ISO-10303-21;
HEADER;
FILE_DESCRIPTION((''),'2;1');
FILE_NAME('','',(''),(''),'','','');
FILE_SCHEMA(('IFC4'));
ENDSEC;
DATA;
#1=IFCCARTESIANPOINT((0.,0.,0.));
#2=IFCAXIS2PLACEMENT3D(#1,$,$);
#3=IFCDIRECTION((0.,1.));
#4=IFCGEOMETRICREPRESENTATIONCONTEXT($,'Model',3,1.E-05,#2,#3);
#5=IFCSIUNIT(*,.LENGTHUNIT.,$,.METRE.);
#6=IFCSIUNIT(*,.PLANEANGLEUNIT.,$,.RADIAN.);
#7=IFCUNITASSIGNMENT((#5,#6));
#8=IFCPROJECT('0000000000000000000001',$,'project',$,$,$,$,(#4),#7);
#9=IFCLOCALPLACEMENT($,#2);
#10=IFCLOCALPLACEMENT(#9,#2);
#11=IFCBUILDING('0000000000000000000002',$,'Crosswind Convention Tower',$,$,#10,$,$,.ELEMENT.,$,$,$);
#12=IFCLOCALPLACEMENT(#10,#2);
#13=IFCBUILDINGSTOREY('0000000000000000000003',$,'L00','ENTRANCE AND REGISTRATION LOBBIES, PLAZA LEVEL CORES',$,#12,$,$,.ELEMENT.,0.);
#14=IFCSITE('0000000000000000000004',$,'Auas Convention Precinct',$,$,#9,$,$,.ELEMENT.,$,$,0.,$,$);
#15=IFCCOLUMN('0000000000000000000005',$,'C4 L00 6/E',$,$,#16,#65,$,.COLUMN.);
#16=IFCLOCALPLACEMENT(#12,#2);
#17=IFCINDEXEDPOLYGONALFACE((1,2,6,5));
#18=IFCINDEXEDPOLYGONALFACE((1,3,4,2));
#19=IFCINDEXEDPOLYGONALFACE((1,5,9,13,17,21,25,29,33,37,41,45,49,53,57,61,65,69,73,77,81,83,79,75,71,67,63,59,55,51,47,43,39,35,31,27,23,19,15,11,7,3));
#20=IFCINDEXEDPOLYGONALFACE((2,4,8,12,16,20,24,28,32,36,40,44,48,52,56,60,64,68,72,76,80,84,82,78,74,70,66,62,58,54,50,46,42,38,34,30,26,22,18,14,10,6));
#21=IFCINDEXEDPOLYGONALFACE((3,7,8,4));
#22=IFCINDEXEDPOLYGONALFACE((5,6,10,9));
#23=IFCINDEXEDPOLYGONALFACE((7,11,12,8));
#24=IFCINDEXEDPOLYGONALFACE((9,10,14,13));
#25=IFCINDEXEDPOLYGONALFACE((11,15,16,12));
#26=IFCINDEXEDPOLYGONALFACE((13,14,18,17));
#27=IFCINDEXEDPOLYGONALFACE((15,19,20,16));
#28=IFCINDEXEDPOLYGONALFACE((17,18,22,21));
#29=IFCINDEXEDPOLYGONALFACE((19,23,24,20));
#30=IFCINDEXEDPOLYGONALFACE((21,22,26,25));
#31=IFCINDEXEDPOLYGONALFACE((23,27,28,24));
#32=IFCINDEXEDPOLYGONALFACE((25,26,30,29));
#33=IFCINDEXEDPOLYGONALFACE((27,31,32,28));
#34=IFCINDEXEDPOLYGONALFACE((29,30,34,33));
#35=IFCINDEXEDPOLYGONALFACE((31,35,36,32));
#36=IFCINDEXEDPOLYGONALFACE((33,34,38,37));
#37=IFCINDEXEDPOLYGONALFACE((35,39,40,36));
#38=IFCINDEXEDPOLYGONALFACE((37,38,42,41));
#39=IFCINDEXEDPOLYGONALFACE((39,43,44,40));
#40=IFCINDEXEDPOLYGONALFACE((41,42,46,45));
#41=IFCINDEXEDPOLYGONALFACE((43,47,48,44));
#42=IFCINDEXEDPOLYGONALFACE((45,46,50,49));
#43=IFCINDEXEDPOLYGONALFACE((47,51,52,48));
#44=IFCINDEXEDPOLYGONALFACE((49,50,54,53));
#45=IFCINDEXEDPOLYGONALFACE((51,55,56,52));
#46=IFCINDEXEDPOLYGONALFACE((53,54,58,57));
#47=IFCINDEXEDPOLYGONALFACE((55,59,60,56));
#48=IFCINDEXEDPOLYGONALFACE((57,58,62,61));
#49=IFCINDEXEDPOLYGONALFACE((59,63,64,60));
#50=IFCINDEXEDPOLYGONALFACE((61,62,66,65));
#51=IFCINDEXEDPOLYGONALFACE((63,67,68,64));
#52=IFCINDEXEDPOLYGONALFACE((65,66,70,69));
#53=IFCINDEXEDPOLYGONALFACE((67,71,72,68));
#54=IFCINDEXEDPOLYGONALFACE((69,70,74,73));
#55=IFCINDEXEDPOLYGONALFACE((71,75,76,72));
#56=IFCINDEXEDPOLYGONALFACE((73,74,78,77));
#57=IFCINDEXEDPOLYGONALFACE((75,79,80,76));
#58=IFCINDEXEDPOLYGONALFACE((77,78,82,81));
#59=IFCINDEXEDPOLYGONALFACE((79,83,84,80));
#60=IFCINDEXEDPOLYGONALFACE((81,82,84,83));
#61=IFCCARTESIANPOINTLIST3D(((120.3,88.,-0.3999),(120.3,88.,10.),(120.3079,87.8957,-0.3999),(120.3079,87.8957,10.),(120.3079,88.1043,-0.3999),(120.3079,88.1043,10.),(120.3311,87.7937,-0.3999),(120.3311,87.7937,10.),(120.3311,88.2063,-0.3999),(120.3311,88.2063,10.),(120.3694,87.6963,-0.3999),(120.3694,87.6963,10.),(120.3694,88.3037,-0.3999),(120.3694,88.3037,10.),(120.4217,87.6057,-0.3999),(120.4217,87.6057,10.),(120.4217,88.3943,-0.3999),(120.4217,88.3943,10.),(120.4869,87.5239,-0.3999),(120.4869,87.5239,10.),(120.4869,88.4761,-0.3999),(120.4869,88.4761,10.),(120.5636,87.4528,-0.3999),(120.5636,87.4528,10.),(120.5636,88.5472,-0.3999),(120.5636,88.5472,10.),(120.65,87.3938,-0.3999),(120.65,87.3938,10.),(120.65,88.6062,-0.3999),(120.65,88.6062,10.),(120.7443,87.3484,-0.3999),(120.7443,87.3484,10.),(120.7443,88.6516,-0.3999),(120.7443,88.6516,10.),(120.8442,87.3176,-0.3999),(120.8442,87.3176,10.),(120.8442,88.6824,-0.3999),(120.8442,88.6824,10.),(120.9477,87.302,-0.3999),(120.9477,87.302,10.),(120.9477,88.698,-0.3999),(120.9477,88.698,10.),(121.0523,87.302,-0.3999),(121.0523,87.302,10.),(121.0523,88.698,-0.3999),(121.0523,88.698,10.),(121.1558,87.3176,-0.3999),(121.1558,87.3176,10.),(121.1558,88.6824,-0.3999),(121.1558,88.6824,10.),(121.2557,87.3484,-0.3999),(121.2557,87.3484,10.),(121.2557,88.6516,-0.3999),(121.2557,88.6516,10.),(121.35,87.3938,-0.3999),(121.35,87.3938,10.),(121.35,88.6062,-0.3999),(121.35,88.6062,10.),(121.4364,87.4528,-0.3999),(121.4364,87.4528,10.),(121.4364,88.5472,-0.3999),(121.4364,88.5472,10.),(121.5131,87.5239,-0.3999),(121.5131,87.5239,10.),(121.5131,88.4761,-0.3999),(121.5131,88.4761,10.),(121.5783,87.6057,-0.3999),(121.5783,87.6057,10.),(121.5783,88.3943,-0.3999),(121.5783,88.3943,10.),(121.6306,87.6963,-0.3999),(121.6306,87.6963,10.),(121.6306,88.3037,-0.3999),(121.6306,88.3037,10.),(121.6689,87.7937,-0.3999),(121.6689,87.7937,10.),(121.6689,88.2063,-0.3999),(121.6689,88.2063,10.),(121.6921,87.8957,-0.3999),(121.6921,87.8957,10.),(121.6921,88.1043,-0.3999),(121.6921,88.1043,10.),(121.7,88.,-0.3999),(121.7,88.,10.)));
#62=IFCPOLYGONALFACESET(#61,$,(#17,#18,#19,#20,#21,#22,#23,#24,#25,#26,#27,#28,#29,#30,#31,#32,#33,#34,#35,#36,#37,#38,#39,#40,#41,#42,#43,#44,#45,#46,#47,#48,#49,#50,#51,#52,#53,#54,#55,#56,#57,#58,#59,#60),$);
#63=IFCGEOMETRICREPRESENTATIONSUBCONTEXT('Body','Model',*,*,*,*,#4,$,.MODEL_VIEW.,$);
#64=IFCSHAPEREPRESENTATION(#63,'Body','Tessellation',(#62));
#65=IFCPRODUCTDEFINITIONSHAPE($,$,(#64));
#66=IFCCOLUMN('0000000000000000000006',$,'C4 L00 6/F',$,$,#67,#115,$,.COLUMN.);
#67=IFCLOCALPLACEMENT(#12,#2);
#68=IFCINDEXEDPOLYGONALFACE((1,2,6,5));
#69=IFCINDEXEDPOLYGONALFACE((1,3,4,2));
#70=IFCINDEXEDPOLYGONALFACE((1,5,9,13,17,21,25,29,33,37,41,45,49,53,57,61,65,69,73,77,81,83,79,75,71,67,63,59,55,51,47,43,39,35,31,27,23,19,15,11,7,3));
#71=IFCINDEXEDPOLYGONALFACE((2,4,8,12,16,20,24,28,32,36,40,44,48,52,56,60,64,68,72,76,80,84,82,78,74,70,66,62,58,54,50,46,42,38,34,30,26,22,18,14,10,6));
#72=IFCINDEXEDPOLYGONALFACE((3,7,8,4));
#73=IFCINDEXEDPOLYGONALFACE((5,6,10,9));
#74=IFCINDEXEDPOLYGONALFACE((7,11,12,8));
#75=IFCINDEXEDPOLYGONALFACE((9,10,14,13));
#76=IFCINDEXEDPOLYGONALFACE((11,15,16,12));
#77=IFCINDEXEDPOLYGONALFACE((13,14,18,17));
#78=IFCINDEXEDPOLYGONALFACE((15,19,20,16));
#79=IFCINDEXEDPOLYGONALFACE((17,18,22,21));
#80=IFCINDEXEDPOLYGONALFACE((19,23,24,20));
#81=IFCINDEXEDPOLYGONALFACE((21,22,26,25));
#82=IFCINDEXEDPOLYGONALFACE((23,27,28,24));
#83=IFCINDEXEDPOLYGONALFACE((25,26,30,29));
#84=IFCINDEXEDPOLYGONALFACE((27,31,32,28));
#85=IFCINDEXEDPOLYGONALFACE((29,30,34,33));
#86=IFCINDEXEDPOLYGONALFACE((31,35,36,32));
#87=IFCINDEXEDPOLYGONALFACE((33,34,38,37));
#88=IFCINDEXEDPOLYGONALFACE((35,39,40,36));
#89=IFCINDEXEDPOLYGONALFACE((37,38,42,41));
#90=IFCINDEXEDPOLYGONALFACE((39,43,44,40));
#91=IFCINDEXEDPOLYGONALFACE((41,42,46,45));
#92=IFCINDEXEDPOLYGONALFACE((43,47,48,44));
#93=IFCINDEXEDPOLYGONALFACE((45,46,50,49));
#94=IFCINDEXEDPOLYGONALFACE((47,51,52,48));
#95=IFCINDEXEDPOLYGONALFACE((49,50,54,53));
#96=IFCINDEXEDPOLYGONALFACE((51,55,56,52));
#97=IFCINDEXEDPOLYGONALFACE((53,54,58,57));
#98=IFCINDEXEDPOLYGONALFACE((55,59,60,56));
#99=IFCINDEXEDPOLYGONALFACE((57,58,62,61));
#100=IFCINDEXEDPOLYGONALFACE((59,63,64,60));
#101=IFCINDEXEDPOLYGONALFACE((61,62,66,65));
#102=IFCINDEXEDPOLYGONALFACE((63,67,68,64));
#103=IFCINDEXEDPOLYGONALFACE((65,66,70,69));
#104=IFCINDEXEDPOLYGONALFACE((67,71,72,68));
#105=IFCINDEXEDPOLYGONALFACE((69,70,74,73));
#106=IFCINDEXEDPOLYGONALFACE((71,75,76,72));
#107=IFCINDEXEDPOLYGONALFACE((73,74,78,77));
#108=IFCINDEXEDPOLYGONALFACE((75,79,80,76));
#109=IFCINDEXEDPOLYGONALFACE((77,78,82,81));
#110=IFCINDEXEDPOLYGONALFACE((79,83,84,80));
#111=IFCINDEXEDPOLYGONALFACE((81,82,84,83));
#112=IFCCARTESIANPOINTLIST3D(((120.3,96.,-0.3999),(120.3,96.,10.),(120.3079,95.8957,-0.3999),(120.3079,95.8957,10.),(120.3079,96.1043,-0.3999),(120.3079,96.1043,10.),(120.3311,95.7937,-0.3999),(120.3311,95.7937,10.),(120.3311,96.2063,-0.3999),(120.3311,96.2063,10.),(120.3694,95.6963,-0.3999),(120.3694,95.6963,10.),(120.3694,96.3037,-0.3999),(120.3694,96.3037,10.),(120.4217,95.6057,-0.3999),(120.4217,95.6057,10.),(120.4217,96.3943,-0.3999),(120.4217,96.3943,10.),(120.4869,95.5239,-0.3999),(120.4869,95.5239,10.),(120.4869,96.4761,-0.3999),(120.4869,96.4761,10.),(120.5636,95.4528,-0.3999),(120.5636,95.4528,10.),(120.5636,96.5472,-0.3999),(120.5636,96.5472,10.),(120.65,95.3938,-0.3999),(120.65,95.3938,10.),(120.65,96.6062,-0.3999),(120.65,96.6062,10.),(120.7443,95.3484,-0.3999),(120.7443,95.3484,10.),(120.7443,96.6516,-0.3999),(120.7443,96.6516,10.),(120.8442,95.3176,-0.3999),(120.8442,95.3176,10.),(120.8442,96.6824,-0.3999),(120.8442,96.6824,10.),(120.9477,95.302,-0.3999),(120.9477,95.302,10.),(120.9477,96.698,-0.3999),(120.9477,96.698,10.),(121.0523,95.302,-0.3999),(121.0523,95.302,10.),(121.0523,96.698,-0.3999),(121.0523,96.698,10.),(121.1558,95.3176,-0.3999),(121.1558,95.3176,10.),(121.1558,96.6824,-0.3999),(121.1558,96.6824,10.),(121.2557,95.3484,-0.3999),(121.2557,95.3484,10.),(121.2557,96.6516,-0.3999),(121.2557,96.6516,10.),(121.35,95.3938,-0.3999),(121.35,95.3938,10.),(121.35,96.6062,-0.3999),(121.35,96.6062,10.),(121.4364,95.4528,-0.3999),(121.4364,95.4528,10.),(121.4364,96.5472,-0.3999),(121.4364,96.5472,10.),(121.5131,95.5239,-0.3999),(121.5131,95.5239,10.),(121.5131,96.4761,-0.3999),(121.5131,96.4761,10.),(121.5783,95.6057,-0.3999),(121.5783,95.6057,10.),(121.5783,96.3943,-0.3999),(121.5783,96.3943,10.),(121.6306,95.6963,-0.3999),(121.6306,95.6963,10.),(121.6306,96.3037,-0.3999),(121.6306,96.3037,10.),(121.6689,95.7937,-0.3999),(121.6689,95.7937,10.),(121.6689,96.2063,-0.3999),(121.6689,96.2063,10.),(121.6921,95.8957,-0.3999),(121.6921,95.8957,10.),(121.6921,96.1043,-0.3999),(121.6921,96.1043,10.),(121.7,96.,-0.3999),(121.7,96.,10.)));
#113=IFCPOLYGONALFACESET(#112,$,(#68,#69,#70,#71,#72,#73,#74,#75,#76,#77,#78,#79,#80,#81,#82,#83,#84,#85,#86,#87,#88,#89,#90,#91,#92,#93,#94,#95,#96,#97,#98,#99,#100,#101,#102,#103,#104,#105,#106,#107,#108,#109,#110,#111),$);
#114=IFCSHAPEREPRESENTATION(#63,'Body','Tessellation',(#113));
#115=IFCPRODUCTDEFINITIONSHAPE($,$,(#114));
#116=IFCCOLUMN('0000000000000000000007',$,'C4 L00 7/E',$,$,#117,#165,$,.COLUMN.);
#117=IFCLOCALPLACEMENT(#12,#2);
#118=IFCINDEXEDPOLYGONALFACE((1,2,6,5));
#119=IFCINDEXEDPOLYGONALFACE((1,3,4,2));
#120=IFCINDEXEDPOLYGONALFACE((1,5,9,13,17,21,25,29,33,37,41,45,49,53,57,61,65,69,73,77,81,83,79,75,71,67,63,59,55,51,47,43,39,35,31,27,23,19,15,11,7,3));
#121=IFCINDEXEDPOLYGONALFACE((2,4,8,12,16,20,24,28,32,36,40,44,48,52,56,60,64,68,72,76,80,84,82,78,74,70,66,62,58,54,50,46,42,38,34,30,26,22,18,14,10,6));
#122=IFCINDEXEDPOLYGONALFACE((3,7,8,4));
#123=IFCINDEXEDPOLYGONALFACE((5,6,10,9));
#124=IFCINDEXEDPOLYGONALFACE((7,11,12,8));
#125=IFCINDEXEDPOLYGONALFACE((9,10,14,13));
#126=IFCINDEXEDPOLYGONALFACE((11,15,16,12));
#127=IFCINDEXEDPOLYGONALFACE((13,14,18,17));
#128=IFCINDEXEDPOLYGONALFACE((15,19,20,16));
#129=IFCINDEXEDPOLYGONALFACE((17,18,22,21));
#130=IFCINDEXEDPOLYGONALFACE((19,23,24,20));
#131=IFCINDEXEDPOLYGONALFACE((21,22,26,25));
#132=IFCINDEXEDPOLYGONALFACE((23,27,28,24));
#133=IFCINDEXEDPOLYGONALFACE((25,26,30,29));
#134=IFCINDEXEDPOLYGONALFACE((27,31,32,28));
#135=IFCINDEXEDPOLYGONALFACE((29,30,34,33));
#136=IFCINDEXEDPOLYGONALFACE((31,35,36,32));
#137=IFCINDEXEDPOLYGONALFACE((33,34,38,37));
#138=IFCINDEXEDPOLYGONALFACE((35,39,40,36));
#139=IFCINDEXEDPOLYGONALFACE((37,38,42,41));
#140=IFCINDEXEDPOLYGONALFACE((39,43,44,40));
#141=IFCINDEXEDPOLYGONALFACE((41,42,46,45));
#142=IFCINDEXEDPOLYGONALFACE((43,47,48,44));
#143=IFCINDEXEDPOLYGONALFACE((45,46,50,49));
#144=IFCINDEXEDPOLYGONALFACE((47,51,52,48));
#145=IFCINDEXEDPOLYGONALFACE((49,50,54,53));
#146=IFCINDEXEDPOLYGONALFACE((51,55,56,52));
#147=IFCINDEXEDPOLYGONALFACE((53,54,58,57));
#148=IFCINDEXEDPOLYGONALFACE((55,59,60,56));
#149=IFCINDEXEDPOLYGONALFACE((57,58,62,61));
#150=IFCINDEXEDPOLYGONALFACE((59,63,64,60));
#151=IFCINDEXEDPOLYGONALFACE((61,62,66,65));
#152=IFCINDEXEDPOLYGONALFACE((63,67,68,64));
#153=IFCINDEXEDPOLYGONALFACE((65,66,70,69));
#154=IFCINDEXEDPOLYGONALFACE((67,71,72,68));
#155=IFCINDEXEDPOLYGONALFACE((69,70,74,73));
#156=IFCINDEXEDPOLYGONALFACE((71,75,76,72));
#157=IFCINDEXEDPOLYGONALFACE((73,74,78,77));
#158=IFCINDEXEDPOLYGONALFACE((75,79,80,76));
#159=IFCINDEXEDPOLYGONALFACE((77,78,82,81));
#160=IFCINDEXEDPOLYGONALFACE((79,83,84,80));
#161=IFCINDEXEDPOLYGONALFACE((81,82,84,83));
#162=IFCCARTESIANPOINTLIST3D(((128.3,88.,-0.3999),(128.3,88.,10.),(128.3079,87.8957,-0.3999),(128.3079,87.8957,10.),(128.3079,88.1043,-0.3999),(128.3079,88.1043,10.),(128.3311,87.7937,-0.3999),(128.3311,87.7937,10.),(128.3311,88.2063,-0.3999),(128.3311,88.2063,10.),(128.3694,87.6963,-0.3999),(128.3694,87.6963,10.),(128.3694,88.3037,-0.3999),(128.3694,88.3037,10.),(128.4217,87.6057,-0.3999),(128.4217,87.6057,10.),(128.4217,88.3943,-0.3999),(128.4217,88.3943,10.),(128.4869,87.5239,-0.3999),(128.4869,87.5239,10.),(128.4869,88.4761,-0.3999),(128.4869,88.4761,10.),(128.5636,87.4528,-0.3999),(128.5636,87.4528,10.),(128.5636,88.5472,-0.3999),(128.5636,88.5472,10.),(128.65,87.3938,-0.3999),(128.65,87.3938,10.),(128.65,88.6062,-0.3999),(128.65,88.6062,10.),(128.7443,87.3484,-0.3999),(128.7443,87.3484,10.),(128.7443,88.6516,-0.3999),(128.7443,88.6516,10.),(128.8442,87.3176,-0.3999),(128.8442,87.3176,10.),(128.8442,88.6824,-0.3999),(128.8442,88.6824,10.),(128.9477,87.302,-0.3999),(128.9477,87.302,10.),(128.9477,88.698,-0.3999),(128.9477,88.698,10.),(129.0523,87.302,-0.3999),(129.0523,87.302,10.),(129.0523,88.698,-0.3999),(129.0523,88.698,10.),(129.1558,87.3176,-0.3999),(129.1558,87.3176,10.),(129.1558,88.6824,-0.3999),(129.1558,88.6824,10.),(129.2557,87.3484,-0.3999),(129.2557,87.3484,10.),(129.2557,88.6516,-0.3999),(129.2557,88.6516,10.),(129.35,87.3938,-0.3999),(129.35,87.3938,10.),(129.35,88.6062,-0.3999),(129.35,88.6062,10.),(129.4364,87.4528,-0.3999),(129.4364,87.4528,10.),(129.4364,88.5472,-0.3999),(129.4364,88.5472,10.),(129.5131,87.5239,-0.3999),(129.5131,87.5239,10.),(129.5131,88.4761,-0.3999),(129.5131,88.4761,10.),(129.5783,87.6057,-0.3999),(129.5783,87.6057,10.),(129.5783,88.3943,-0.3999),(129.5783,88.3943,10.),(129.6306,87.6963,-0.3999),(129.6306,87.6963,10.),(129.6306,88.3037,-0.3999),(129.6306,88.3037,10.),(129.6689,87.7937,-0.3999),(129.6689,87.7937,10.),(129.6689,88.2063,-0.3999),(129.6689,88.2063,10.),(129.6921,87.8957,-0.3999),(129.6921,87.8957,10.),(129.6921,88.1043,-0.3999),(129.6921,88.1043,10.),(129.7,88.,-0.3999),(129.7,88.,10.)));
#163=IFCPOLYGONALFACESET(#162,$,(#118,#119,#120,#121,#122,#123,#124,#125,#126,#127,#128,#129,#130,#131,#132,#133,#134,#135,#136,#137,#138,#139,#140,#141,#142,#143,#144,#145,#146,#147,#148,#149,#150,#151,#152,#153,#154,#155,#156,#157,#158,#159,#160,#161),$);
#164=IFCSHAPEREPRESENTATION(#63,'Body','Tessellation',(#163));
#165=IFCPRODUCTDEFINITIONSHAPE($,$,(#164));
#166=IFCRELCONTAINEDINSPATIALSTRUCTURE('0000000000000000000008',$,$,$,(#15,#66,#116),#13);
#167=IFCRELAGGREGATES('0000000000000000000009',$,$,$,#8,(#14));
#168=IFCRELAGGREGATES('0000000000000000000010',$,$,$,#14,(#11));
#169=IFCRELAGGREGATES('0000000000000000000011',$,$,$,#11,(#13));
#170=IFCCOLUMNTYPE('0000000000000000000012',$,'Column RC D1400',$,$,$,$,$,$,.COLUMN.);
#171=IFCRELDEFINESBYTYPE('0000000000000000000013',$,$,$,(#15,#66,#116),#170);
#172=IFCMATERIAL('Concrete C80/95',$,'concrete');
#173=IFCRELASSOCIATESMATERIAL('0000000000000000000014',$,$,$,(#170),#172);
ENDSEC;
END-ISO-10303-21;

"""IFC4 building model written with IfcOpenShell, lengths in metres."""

from ifc_helpers import new_model, si_unit, direction, frame, origin, origin_2d, place, context, subcontext, project, spatial, circle, extrude, material, material_profile, profile_set, type_object, element, save


model = new_model("IFC4")

# Units and contexts
model_context = context("Model", 3, precision=1e-05, world=origin(), true_north=direction((0.0, 1.0)))
body_context = subcontext(model_context, "Body", "Model", "MODEL_VIEW")
ifc_project = project(units=[si_unit("LENGTHUNIT", "METRE"), si_unit("PLANEANGLEUNIT", "RADIAN")], contexts=[model_context])

# Site, building, storey
site_placement = place(None, origin())
site = spatial("IfcSite", under=ifc_project, at=site_placement, Name="Auas Convention Precinct", CompositionType="ELEMENT", RefElevation=0.0)
building_placement = place(site_placement, origin())
building = spatial("IfcBuilding", under=site, at=building_placement, Name="Crosswind Convention Tower", CompositionType="ELEMENT")
storey_placement = place(building_placement, origin())
storey = spatial("IfcBuildingStorey", under=building, at=storey_placement, Name="L00", Description="ENTRANCE AND REGISTRATION LOBBIES, PLAZA LEVEL CORES", CompositionType="ELEMENT", Elevation=0.0)

# Columns
ifc_material_1 = material(Name="Concrete C80/95", Category="concrete")
ifc_material_profile_1 = material_profile(ifc_material_1, circle(Radius=0.7, at=origin_2d()), Name="RC D1400")
ifc_profile_set_1 = profile_set([ifc_material_profile_1], Name="Concrete C80/95")
column_type = type_object("IfcColumnType", Name="Column RC D1400", PredefinedType="COLUMN", material=ifc_profile_set_1)
for number, where, z_axis, x_axis, name in (
    (1, (121.0, 88.0, -0.3999), (0.0, 0.0, 1.0), (1.0, 0.0, 0.0), "C4 L00 6/E"),
    (2, (121.0, 96.0, -0.3999), (0.0, 0.0, 1.0), (1.0, 0.0, 0.0), "C4 L00 6/F"),
    (3, (129.0, 88.0, -0.3999), (0.0, 0.0, 1.0), (1.0, 0.0, 0.0), "C4 L00 7/E"),
):
    element("IfcColumn", number, at=place(storey_placement, frame(where, z_axis=z_axis, x_axis=x_axis)), inside=storey, type_object=column_type, Name=name, PredefinedType="COLUMN", context=body_context, shape_type="SweptSolid", body=[
        extrude(circle(Radius=0.7, at=origin_2d()), origin(), (0.0, 0.0, 1.0), 10.3999),
    ])

save(model, "model.ifc")
